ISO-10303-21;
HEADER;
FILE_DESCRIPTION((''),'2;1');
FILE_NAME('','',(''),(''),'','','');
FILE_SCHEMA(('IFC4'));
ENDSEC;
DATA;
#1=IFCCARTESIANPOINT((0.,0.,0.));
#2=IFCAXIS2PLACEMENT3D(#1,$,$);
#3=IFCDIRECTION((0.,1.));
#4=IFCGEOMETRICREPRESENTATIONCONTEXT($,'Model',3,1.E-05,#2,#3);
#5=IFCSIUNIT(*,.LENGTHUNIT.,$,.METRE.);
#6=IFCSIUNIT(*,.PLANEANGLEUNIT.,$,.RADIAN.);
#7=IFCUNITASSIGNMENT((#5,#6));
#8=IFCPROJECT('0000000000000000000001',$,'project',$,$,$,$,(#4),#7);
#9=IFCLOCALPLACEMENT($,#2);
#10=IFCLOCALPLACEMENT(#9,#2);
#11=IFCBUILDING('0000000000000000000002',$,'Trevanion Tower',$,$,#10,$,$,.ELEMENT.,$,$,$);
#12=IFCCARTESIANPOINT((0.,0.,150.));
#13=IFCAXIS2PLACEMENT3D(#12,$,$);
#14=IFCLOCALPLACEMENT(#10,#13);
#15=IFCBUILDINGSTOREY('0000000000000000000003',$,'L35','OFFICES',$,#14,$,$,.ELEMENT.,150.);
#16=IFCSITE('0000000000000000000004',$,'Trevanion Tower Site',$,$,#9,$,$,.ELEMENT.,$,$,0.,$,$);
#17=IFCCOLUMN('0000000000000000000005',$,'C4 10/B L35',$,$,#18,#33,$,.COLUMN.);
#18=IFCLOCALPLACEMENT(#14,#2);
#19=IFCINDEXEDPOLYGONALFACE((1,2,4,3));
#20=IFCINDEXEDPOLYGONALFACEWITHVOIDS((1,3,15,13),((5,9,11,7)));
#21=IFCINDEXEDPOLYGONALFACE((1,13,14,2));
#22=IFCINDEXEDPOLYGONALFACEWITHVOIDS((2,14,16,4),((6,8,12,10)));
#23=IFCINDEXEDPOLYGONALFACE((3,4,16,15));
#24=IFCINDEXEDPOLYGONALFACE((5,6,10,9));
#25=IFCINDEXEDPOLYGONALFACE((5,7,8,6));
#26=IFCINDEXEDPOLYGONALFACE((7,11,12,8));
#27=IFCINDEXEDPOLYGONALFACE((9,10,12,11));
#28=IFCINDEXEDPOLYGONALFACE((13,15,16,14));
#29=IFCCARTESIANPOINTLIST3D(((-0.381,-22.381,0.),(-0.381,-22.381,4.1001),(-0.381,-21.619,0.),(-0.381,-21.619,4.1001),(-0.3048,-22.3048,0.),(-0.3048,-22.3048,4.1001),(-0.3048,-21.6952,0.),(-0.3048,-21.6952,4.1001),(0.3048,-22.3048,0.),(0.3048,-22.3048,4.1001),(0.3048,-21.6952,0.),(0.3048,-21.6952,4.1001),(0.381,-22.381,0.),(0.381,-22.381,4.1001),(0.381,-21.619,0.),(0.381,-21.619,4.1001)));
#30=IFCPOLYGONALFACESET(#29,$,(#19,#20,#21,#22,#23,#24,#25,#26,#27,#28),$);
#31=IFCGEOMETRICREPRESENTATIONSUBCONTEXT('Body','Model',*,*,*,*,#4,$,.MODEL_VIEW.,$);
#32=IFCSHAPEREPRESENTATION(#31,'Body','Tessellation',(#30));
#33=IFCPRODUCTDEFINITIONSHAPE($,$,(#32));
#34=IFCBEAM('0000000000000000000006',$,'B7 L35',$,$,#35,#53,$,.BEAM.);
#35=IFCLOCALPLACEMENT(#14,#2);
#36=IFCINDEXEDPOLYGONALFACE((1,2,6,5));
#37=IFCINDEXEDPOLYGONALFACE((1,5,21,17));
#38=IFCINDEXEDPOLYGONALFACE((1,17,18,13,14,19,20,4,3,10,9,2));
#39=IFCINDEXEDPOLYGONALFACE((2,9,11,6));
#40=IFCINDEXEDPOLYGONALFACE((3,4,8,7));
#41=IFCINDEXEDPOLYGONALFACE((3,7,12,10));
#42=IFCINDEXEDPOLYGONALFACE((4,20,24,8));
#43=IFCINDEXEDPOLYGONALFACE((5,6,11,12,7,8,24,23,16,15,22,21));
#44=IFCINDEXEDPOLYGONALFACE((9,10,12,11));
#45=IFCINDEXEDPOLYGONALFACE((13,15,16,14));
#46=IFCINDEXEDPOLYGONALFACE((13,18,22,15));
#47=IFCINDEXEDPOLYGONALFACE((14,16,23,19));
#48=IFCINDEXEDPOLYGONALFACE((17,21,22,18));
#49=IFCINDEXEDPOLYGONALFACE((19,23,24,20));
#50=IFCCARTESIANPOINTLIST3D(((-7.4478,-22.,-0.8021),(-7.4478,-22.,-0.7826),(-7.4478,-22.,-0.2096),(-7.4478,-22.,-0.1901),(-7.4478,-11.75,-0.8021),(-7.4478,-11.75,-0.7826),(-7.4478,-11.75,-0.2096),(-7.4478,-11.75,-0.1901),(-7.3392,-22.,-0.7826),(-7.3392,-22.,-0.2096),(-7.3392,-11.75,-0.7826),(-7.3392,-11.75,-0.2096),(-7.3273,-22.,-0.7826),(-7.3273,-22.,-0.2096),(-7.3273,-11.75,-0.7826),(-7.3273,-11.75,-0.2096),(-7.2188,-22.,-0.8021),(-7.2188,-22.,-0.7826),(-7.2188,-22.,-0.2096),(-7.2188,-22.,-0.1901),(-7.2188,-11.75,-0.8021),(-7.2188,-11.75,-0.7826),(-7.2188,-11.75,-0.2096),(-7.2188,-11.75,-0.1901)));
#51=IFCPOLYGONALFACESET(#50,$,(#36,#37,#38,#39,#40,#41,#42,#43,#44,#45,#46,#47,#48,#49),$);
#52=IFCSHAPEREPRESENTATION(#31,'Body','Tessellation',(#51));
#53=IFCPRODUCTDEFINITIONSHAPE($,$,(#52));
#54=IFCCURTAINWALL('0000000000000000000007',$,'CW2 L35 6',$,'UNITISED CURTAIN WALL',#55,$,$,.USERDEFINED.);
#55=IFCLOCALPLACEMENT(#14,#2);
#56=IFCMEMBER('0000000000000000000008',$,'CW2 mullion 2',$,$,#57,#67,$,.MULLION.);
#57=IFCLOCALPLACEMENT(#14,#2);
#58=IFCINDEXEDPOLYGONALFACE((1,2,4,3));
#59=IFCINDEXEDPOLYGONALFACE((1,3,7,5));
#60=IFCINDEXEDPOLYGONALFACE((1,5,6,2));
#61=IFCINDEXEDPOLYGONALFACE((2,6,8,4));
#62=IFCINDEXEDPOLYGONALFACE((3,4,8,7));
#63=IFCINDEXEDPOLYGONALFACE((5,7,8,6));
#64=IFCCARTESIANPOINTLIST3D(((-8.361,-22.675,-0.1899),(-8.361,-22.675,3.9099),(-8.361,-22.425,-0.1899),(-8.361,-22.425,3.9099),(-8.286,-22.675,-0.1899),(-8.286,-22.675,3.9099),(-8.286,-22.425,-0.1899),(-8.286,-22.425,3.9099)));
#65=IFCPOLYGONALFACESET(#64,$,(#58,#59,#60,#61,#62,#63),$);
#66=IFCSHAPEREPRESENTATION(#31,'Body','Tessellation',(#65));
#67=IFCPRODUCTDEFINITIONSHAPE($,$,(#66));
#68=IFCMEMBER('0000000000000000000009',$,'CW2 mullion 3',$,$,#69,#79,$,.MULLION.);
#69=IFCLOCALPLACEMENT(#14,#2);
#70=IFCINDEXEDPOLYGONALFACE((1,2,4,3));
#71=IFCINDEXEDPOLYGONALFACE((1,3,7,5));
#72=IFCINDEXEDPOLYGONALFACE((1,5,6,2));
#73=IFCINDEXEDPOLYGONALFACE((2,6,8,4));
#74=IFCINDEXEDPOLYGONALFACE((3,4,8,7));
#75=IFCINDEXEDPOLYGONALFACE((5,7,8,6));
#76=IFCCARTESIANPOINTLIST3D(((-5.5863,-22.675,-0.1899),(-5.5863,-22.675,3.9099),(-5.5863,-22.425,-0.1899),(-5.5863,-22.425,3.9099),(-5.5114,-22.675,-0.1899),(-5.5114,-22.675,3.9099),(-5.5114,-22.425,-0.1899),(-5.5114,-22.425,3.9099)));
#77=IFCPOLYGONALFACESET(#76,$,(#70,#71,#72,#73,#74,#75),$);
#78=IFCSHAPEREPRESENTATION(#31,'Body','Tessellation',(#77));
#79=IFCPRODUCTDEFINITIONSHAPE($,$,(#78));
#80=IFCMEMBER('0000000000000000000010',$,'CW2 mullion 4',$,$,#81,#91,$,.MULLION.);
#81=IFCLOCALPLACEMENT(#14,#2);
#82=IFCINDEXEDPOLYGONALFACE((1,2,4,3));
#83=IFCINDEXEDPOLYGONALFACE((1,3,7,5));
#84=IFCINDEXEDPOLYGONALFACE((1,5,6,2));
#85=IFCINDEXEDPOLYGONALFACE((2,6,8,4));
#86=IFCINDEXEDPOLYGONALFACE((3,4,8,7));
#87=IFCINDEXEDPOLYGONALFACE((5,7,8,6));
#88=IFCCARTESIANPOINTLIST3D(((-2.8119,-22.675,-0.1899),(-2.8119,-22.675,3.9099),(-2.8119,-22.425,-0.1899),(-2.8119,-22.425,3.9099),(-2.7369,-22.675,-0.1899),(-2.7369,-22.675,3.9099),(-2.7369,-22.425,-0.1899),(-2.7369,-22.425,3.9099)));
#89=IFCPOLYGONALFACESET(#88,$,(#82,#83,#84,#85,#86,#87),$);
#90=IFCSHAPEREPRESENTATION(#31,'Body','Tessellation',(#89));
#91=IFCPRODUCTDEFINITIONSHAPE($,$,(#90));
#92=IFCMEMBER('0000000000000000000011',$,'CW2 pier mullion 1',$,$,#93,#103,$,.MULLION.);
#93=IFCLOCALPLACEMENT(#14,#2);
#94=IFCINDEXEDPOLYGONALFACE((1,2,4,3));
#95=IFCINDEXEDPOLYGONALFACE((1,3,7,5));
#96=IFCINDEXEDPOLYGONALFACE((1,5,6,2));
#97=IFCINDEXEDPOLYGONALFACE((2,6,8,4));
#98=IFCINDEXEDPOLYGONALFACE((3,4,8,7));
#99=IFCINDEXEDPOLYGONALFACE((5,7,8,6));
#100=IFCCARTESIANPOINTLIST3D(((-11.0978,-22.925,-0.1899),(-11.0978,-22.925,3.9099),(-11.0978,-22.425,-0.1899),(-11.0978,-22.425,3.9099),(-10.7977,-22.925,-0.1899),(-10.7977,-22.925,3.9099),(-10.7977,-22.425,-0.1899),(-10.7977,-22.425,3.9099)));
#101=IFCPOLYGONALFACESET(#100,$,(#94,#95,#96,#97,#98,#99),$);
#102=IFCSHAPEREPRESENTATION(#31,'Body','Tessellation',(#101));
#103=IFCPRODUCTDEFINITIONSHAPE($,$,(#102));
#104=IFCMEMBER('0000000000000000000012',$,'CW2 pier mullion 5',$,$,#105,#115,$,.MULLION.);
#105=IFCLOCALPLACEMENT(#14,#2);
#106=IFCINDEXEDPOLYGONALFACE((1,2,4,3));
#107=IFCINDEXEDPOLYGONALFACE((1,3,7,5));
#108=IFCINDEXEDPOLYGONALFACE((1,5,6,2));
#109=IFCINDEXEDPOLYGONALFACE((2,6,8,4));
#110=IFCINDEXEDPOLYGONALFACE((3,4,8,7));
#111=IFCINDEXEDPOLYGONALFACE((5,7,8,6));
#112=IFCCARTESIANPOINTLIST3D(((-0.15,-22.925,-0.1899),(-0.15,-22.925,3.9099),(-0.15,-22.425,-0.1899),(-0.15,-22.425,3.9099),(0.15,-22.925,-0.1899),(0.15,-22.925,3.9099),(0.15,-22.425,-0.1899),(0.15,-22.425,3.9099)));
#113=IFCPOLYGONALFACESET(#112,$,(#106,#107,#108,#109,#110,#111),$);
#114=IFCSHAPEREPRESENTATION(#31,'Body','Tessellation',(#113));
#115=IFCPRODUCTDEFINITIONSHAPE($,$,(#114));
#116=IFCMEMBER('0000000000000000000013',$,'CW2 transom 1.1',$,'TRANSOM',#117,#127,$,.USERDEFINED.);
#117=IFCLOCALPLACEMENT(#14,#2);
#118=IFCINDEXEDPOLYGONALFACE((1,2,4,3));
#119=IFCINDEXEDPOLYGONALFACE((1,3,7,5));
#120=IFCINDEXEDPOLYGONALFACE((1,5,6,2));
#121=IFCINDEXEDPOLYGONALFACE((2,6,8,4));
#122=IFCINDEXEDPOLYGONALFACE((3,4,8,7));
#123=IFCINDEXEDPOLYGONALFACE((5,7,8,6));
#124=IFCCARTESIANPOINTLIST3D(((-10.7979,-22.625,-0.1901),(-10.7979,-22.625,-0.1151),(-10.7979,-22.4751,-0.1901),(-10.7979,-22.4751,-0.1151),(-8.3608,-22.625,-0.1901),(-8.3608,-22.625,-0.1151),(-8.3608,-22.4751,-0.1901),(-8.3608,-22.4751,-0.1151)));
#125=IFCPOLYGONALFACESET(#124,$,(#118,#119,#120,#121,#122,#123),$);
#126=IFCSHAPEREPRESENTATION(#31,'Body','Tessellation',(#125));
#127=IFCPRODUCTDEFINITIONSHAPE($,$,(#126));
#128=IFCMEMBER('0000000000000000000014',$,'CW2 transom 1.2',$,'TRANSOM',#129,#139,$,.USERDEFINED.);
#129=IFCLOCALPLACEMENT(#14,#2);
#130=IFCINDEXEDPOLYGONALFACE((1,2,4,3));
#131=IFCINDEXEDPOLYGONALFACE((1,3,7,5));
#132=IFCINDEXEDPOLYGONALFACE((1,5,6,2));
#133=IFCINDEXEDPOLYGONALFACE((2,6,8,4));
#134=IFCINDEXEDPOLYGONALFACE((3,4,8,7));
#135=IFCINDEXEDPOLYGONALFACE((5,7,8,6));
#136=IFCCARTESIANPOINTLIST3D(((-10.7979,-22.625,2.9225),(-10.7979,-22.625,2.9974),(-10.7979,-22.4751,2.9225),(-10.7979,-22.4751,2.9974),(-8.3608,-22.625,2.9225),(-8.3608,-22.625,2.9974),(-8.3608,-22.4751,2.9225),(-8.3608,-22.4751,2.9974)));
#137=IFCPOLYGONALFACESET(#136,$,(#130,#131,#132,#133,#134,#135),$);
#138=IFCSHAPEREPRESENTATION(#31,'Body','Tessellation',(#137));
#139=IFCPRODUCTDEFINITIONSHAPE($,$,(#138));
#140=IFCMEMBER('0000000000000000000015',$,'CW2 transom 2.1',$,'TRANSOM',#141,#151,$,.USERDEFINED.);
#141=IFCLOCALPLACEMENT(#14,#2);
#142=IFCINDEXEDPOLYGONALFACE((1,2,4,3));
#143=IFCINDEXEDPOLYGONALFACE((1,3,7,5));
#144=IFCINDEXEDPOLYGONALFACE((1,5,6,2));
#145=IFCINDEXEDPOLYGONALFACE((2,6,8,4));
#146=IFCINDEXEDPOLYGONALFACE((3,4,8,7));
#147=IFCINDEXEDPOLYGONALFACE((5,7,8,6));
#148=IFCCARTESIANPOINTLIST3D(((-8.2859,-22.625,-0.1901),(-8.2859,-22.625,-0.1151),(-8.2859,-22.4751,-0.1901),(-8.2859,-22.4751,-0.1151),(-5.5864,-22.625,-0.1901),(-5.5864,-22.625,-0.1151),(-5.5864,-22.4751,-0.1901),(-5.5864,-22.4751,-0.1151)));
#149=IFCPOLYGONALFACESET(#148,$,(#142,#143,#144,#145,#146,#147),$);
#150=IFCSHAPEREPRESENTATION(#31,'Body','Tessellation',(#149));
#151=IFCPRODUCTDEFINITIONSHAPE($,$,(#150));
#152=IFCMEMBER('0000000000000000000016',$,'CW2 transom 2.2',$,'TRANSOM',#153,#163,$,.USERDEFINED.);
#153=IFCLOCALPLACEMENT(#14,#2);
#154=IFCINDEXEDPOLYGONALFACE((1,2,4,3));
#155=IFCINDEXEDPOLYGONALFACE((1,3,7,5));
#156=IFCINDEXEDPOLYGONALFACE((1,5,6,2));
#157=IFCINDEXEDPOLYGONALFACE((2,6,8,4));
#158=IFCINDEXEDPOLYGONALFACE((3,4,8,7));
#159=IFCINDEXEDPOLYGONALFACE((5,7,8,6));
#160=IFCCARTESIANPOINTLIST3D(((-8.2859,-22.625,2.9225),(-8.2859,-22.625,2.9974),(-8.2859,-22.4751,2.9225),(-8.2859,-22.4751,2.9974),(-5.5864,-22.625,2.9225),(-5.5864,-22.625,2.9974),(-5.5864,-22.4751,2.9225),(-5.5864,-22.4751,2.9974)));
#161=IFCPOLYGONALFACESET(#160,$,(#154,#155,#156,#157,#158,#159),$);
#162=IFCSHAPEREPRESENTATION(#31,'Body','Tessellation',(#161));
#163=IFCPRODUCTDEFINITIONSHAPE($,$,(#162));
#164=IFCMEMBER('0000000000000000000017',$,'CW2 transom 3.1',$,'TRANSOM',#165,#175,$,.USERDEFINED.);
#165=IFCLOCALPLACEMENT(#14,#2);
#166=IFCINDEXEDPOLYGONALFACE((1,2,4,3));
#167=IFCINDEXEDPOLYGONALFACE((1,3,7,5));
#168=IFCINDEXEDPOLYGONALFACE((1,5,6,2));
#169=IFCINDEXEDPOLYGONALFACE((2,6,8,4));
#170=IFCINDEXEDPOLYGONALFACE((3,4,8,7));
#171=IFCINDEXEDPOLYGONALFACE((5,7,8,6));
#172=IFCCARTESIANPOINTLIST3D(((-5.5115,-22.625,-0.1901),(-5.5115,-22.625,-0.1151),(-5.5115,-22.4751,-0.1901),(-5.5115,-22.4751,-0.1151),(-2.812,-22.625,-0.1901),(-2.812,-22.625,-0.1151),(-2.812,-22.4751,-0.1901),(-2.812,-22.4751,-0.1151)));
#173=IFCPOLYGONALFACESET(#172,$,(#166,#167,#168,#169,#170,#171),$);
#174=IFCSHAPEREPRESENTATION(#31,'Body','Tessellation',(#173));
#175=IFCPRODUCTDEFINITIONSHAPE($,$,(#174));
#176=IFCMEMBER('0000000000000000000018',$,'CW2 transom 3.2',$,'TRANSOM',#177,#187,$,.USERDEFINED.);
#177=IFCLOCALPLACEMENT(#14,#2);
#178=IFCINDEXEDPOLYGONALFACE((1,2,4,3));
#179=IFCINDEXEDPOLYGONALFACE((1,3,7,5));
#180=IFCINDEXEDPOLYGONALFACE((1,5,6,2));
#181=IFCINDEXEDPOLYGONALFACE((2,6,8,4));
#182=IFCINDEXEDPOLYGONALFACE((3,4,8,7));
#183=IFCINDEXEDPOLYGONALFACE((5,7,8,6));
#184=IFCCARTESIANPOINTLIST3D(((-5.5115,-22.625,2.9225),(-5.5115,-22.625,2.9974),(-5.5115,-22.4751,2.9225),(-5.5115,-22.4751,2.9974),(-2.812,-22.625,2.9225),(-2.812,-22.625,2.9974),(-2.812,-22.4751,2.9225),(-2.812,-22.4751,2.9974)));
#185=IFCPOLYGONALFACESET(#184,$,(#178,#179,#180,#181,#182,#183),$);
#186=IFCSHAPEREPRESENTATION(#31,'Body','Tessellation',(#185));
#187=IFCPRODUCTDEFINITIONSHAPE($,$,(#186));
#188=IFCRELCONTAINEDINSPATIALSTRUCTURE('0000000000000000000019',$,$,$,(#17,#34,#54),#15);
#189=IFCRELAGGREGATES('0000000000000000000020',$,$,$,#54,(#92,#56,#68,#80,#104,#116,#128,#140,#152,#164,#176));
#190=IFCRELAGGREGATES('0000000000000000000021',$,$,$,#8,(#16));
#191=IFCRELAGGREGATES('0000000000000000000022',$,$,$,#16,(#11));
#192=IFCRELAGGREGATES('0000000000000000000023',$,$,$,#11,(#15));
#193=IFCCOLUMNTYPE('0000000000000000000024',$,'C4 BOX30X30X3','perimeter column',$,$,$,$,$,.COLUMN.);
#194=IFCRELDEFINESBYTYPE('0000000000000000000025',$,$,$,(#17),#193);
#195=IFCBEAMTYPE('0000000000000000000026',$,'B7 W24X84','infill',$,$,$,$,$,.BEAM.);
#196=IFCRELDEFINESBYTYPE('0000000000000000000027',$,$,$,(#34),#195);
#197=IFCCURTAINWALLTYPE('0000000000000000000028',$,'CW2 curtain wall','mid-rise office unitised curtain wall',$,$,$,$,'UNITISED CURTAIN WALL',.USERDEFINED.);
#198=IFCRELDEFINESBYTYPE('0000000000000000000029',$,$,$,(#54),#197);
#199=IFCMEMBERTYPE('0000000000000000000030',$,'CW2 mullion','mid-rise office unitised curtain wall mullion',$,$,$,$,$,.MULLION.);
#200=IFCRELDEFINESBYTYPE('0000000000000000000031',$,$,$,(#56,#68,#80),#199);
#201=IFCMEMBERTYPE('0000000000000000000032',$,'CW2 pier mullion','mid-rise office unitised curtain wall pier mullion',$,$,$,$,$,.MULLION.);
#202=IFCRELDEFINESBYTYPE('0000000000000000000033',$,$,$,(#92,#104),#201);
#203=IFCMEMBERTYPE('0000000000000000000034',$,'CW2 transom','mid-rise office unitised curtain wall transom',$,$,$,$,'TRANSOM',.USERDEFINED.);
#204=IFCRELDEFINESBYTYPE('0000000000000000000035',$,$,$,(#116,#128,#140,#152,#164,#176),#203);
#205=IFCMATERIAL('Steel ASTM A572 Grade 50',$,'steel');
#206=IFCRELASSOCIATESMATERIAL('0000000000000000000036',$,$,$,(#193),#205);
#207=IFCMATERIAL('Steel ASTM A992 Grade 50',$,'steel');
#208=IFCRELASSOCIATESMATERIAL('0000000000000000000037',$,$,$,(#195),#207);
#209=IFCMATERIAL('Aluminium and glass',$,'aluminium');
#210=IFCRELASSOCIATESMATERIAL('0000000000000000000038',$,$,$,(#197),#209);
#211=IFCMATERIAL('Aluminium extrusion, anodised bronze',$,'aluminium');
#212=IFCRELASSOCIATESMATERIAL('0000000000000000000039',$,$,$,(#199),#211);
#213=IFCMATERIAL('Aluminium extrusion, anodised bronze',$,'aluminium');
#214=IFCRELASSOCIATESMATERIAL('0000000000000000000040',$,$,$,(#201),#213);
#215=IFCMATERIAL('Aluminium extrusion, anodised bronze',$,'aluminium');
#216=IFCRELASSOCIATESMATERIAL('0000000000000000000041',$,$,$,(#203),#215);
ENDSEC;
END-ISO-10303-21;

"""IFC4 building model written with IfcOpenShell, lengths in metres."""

from ifc_helpers import new_model, si_unit, direction, frame, origin, origin_2d, place, context, subcontext, project, spatial, rectangle, hollow_rectangle, i_section, extrude, material, material_profile, profile_set, type_object, element, aggregate, save


model = new_model("IFC4")

# Units and contexts
model_context = context("Model", 3, precision=1e-05, world=origin(), true_north=direction((0.0, 1.0)))
body_context = subcontext(model_context, "Body", "Model", "MODEL_VIEW")
ifc_project = project(units=[si_unit("LENGTHUNIT", "METRE"), si_unit("PLANEANGLEUNIT", "RADIAN")], contexts=[model_context])

# Site, building, storey
site_placement = place(None, origin())
site = spatial("IfcSite", under=ifc_project, at=site_placement, Name="Trevanion Tower Site", CompositionType="ELEMENT", RefElevation=0.0)
building_placement = place(site_placement, origin())
building = spatial("IfcBuilding", under=site, at=building_placement, Name="Trevanion Tower", CompositionType="ELEMENT")
storey_placement = place(building_placement, frame((0.0, 0.0, 150.0)))
storey = spatial("IfcBuildingStorey", under=building, at=storey_placement, Name="L35", Description="OFFICES", CompositionType="ELEMENT", Elevation=150.0)

# Column
ifc_material_1 = material(Name="Steel ASTM A572 Grade 50", Category="steel")
ifc_material_profile_1 = material_profile(ifc_material_1, hollow_rectangle(XDim=0.762, YDim=0.762, WallThickness=0.0762, at=origin_2d()), Name="BOX30X30X3")
ifc_profile_set_1 = profile_set([ifc_material_profile_1], Name="Steel ASTM A572 Grade 50")
column_type = type_object("IfcColumnType", Name="C4 BOX30X30X3", Description="perimeter column", PredefinedType="COLUMN", material=ifc_profile_set_1)
column_placement = place(storey_placement, frame((0.0, -22.0, 0.0), z_axis=(0.0, 0.0, 1.0), x_axis=(1.0, 0.0, 0.0)))
element("IfcColumn", 1, at=column_placement, inside=storey, type_object=column_type, Name="C4 10/B L35", PredefinedType="COLUMN", context=body_context, shape_type="SweptSolid", body=[
    extrude(hollow_rectangle(XDim=0.762, YDim=0.762, WallThickness=0.0762, at=origin_2d()), origin(), (0.0, 0.0, 1.0), 4.1001),
])

# Beam
ifc_material_2 = material(Name="Steel ASTM A992 Grade 50", Category="steel")
ifc_material_profile_2 = material_profile(ifc_material_2, i_section(OverallWidth=0.229, OverallDepth=0.6121, WebThickness=0.012, FlangeThickness=0.0195, at=origin_2d()), Name="W24X84")
ifc_profile_set_2 = profile_set([ifc_material_profile_2], Name="Steel ASTM A992 Grade 50")
beam_type_1 = type_object("IfcBeamType", Name="B7 W24X84", Description="infill", PredefinedType="BEAM", material=ifc_profile_set_2)
beam_1_placement = place(storey_placement, frame((-7.3333, -11.75, -0.4961), z_axis=(0.0, -1.0, 0.0), x_axis=(1.0, 0.0, 0.0)))
element("IfcBeam", 2, at=beam_1_placement, inside=storey, type_object=beam_type_1, Name="B7 L35", PredefinedType="BEAM", context=body_context, shape_type="SweptSolid", body=[
    extrude(i_section(OverallWidth=0.229, OverallDepth=0.6121, WebThickness=0.012, FlangeThickness=0.0195, at=origin_2d()), origin(), (0.0, 0.0, 1.0), 10.25),
])

# Curtain wall, members
ifc_material_3 = material(Name="Aluminium and glass", Category="aluminium")
curtain_wall_type = type_object("IfcCurtainWallType", Name="CW2 curtain wall", Description="mid-rise office unitised curtain wall", ElementType="UNITISED CURTAIN WALL", PredefinedType="USERDEFINED", material=ifc_material_3)
curtain_wall_placement = place(storey_placement, origin())
curtain_wall = element("IfcCurtainWall", 3, at=curtain_wall_placement, inside=storey, type_object=curtain_wall_type, Name="CW2 L35 6", ObjectType="UNITISED CURTAIN WALL", PredefinedType="USERDEFINED")
ifc_material_4 = material(Name="Aluminium extrusion, anodised bronze", Category="aluminium")
ifc_material_profile_3 = material_profile(ifc_material_4, rectangle(XDim=0.075, YDim=0.25, at=origin_2d()), Name="CW2 mullion")
ifc_profile_set_3 = profile_set([ifc_material_profile_3], Name="Aluminium extrusion, anodised bronze")
member_type_1 = type_object("IfcMemberType", Name="CW2 mullion", Description="mid-rise office unitised curtain wall mullion", PredefinedType="MULLION", material=ifc_profile_set_3)
member_1_placement = place(storey_placement, frame((-8.3235, -22.55, -0.1899), z_axis=(0.0, 0.0, 1.0), x_axis=(1.0, 0.0, 0.0)))
member_1 = element("IfcMember", 4, at=member_1_placement, type_object=member_type_1, Name="CW2 mullion 2", PredefinedType="MULLION", context=body_context, shape_type="SweptSolid", body=[
    extrude(rectangle(XDim=0.075, YDim=0.25, at=origin_2d()), origin(), (0.0, 0.0, 1.0), 4.0999),
])
member_2_placement = place(storey_placement, frame((-5.5488, -22.55, -0.1899), z_axis=(0.0, 0.0, 1.0), x_axis=(1.0, 0.0, 0.0)))
member_2 = element("IfcMember", 5, at=member_2_placement, type_object=member_type_1, Name="CW2 mullion 3", PredefinedType="MULLION", context=body_context, shape_type="SweptSolid", body=[
    extrude(rectangle(XDim=0.075, YDim=0.25, at=origin_2d()), origin(), (0.0, 0.0, 1.0), 4.0999),
])
member_3_placement = place(storey_placement, frame((-2.7744, -22.55, -0.1899), z_axis=(0.0, 0.0, 1.0), x_axis=(1.0, 0.0, 0.0)))
member_3 = element("IfcMember", 6, at=member_3_placement, type_object=member_type_1, Name="CW2 mullion 4", PredefinedType="MULLION", context=body_context, shape_type="SweptSolid", body=[
    extrude(rectangle(XDim=0.075, YDim=0.25, at=origin_2d()), origin(), (0.0, 0.0, 1.0), 4.0999),
])
ifc_material_5 = material(Name="Aluminium extrusion, anodised bronze", Category="aluminium")
ifc_material_profile_4 = material_profile(ifc_material_5, rectangle(XDim=0.3, YDim=0.5, at=origin_2d()), Name="CW2 pier mullion")
ifc_profile_set_4 = profile_set([ifc_material_profile_4], Name="Aluminium extrusion, anodised bronze")
member_type_2 = type_object("IfcMemberType", Name="CW2 pier mullion", Description="mid-rise office unitised curtain wall pier mullion", PredefinedType="MULLION", material=ifc_profile_set_4)
member_4_placement = place(storey_placement, frame((-10.9478, -22.675, -0.1899), z_axis=(0.0, 0.0, 1.0), x_axis=(1.0, 0.0, 0.0)))
member_4 = element("IfcMember", 7, at=member_4_placement, type_object=member_type_2, Name="CW2 pier mullion 1", PredefinedType="MULLION", context=body_context, shape_type="SweptSolid", body=[
    extrude(rectangle(XDim=0.3, YDim=0.5, at=origin_2d()), origin(), (0.0, 0.0, 1.0), 4.0999),
])
member_5_placement = place(storey_placement, frame((0.0, -22.675, -0.1899), z_axis=(0.0, 0.0, 1.0), x_axis=(1.0, 0.0, 0.0)))
member_5 = element("IfcMember", 8, at=member_5_placement, type_object=member_type_2, Name="CW2 pier mullion 5", PredefinedType="MULLION", context=body_context, shape_type="SweptSolid", body=[
    extrude(rectangle(XDim=0.3, YDim=0.5, at=origin_2d()), origin(), (0.0, 0.0, 1.0), 4.0999),
])
ifc_material_6 = material(Name="Aluminium extrusion, anodised bronze", Category="aluminium")
ifc_material_profile_5 = material_profile(ifc_material_6, rectangle(XDim=0.1499, YDim=0.075, at=origin_2d()), Name="CW2 transom")
ifc_profile_set_5 = profile_set([ifc_material_profile_5], Name="Aluminium extrusion, anodised bronze")
member_type_3 = type_object("IfcMemberType", Name="CW2 transom", Description="mid-rise office unitised curtain wall transom", ElementType="TRANSOM", PredefinedType="USERDEFINED", material=ifc_profile_set_5)
member_6_placement = place(storey_placement, frame((-10.7979, -22.55, -0.1526), z_axis=(1.0, 0.0, 0.0), x_axis=(0.0, 1.0, 0.0)))
member_6 = element("IfcMember", 9, at=member_6_placement, type_object=member_type_3, Name="CW2 transom 1.1", ObjectType="TRANSOM", PredefinedType="USERDEFINED", context=body_context, shape_type="SweptSolid", body=[
    extrude(rectangle(XDim=0.1499, YDim=0.075, at=origin_2d()), origin(), (0.0, 0.0, 1.0), 2.437),
])
member_7_placement = place(storey_placement, frame((-10.7979, -22.55, 2.96), z_axis=(1.0, 0.0, 0.0), x_axis=(0.0, 1.0, 0.0)))
member_7 = element("IfcMember", 10, at=member_7_placement, type_object=member_type_3, Name="CW2 transom 1.2", ObjectType="TRANSOM", PredefinedType="USERDEFINED", context=body_context, shape_type="SweptSolid", body=[
    extrude(rectangle(XDim=0.1499, YDim=0.075, at=origin_2d()), origin(), (0.0, 0.0, 1.0), 2.437),
])
member_8_placement = place(storey_placement, frame((-8.2859, -22.55, -0.1526), z_axis=(1.0, 0.0, 0.0), x_axis=(0.0, 1.0, 0.0)))
member_8 = element("IfcMember", 11, at=member_8_placement, type_object=member_type_3, Name="CW2 transom 2.1", ObjectType="TRANSOM", PredefinedType="USERDEFINED", context=body_context, shape_type="SweptSolid", body=[
    extrude(rectangle(XDim=0.1499, YDim=0.075, at=origin_2d()), origin(), (0.0, 0.0, 1.0), 2.6995),
])
member_9_placement = place(storey_placement, frame((-8.2859, -22.55, 2.96), z_axis=(1.0, 0.0, 0.0), x_axis=(0.0, 1.0, 0.0)))
member_9 = element("IfcMember", 12, at=member_9_placement, type_object=member_type_3, Name="CW2 transom 2.2", ObjectType="TRANSOM", PredefinedType="USERDEFINED", context=body_context, shape_type="SweptSolid", body=[
    extrude(rectangle(XDim=0.1499, YDim=0.075, at=origin_2d()), origin(), (0.0, 0.0, 1.0), 2.6995),
])
member_10_placement = place(storey_placement, frame((-5.5115, -22.55, -0.1526), z_axis=(1.0, 0.0, 0.0), x_axis=(0.0, 1.0, 0.0)))
member_10 = element("IfcMember", 13, at=member_10_placement, type_object=member_type_3, Name="CW2 transom 3.1", ObjectType="TRANSOM", PredefinedType="USERDEFINED", context=body_context, shape_type="SweptSolid", body=[
    extrude(rectangle(XDim=0.1499, YDim=0.075, at=origin_2d()), origin(), (0.0, 0.0, 1.0), 2.6995),
])
member_11_placement = place(storey_placement, frame((-5.5115, -22.55, 2.96), z_axis=(1.0, 0.0, 0.0), x_axis=(0.0, 1.0, 0.0)))
member_11 = element("IfcMember", 14, at=member_11_placement, type_object=member_type_3, Name="CW2 transom 3.2", ObjectType="TRANSOM", PredefinedType="USERDEFINED", context=body_context, shape_type="SweptSolid", body=[
    extrude(rectangle(XDim=0.1499, YDim=0.075, at=origin_2d()), origin(), (0.0, 0.0, 1.0), 2.6995),
])

aggregate(curtain_wall, [member_4, member_1, member_2, member_3, member_5, member_6, member_7, member_8, member_9, member_10, member_11])

save(model, "model.ifc")
